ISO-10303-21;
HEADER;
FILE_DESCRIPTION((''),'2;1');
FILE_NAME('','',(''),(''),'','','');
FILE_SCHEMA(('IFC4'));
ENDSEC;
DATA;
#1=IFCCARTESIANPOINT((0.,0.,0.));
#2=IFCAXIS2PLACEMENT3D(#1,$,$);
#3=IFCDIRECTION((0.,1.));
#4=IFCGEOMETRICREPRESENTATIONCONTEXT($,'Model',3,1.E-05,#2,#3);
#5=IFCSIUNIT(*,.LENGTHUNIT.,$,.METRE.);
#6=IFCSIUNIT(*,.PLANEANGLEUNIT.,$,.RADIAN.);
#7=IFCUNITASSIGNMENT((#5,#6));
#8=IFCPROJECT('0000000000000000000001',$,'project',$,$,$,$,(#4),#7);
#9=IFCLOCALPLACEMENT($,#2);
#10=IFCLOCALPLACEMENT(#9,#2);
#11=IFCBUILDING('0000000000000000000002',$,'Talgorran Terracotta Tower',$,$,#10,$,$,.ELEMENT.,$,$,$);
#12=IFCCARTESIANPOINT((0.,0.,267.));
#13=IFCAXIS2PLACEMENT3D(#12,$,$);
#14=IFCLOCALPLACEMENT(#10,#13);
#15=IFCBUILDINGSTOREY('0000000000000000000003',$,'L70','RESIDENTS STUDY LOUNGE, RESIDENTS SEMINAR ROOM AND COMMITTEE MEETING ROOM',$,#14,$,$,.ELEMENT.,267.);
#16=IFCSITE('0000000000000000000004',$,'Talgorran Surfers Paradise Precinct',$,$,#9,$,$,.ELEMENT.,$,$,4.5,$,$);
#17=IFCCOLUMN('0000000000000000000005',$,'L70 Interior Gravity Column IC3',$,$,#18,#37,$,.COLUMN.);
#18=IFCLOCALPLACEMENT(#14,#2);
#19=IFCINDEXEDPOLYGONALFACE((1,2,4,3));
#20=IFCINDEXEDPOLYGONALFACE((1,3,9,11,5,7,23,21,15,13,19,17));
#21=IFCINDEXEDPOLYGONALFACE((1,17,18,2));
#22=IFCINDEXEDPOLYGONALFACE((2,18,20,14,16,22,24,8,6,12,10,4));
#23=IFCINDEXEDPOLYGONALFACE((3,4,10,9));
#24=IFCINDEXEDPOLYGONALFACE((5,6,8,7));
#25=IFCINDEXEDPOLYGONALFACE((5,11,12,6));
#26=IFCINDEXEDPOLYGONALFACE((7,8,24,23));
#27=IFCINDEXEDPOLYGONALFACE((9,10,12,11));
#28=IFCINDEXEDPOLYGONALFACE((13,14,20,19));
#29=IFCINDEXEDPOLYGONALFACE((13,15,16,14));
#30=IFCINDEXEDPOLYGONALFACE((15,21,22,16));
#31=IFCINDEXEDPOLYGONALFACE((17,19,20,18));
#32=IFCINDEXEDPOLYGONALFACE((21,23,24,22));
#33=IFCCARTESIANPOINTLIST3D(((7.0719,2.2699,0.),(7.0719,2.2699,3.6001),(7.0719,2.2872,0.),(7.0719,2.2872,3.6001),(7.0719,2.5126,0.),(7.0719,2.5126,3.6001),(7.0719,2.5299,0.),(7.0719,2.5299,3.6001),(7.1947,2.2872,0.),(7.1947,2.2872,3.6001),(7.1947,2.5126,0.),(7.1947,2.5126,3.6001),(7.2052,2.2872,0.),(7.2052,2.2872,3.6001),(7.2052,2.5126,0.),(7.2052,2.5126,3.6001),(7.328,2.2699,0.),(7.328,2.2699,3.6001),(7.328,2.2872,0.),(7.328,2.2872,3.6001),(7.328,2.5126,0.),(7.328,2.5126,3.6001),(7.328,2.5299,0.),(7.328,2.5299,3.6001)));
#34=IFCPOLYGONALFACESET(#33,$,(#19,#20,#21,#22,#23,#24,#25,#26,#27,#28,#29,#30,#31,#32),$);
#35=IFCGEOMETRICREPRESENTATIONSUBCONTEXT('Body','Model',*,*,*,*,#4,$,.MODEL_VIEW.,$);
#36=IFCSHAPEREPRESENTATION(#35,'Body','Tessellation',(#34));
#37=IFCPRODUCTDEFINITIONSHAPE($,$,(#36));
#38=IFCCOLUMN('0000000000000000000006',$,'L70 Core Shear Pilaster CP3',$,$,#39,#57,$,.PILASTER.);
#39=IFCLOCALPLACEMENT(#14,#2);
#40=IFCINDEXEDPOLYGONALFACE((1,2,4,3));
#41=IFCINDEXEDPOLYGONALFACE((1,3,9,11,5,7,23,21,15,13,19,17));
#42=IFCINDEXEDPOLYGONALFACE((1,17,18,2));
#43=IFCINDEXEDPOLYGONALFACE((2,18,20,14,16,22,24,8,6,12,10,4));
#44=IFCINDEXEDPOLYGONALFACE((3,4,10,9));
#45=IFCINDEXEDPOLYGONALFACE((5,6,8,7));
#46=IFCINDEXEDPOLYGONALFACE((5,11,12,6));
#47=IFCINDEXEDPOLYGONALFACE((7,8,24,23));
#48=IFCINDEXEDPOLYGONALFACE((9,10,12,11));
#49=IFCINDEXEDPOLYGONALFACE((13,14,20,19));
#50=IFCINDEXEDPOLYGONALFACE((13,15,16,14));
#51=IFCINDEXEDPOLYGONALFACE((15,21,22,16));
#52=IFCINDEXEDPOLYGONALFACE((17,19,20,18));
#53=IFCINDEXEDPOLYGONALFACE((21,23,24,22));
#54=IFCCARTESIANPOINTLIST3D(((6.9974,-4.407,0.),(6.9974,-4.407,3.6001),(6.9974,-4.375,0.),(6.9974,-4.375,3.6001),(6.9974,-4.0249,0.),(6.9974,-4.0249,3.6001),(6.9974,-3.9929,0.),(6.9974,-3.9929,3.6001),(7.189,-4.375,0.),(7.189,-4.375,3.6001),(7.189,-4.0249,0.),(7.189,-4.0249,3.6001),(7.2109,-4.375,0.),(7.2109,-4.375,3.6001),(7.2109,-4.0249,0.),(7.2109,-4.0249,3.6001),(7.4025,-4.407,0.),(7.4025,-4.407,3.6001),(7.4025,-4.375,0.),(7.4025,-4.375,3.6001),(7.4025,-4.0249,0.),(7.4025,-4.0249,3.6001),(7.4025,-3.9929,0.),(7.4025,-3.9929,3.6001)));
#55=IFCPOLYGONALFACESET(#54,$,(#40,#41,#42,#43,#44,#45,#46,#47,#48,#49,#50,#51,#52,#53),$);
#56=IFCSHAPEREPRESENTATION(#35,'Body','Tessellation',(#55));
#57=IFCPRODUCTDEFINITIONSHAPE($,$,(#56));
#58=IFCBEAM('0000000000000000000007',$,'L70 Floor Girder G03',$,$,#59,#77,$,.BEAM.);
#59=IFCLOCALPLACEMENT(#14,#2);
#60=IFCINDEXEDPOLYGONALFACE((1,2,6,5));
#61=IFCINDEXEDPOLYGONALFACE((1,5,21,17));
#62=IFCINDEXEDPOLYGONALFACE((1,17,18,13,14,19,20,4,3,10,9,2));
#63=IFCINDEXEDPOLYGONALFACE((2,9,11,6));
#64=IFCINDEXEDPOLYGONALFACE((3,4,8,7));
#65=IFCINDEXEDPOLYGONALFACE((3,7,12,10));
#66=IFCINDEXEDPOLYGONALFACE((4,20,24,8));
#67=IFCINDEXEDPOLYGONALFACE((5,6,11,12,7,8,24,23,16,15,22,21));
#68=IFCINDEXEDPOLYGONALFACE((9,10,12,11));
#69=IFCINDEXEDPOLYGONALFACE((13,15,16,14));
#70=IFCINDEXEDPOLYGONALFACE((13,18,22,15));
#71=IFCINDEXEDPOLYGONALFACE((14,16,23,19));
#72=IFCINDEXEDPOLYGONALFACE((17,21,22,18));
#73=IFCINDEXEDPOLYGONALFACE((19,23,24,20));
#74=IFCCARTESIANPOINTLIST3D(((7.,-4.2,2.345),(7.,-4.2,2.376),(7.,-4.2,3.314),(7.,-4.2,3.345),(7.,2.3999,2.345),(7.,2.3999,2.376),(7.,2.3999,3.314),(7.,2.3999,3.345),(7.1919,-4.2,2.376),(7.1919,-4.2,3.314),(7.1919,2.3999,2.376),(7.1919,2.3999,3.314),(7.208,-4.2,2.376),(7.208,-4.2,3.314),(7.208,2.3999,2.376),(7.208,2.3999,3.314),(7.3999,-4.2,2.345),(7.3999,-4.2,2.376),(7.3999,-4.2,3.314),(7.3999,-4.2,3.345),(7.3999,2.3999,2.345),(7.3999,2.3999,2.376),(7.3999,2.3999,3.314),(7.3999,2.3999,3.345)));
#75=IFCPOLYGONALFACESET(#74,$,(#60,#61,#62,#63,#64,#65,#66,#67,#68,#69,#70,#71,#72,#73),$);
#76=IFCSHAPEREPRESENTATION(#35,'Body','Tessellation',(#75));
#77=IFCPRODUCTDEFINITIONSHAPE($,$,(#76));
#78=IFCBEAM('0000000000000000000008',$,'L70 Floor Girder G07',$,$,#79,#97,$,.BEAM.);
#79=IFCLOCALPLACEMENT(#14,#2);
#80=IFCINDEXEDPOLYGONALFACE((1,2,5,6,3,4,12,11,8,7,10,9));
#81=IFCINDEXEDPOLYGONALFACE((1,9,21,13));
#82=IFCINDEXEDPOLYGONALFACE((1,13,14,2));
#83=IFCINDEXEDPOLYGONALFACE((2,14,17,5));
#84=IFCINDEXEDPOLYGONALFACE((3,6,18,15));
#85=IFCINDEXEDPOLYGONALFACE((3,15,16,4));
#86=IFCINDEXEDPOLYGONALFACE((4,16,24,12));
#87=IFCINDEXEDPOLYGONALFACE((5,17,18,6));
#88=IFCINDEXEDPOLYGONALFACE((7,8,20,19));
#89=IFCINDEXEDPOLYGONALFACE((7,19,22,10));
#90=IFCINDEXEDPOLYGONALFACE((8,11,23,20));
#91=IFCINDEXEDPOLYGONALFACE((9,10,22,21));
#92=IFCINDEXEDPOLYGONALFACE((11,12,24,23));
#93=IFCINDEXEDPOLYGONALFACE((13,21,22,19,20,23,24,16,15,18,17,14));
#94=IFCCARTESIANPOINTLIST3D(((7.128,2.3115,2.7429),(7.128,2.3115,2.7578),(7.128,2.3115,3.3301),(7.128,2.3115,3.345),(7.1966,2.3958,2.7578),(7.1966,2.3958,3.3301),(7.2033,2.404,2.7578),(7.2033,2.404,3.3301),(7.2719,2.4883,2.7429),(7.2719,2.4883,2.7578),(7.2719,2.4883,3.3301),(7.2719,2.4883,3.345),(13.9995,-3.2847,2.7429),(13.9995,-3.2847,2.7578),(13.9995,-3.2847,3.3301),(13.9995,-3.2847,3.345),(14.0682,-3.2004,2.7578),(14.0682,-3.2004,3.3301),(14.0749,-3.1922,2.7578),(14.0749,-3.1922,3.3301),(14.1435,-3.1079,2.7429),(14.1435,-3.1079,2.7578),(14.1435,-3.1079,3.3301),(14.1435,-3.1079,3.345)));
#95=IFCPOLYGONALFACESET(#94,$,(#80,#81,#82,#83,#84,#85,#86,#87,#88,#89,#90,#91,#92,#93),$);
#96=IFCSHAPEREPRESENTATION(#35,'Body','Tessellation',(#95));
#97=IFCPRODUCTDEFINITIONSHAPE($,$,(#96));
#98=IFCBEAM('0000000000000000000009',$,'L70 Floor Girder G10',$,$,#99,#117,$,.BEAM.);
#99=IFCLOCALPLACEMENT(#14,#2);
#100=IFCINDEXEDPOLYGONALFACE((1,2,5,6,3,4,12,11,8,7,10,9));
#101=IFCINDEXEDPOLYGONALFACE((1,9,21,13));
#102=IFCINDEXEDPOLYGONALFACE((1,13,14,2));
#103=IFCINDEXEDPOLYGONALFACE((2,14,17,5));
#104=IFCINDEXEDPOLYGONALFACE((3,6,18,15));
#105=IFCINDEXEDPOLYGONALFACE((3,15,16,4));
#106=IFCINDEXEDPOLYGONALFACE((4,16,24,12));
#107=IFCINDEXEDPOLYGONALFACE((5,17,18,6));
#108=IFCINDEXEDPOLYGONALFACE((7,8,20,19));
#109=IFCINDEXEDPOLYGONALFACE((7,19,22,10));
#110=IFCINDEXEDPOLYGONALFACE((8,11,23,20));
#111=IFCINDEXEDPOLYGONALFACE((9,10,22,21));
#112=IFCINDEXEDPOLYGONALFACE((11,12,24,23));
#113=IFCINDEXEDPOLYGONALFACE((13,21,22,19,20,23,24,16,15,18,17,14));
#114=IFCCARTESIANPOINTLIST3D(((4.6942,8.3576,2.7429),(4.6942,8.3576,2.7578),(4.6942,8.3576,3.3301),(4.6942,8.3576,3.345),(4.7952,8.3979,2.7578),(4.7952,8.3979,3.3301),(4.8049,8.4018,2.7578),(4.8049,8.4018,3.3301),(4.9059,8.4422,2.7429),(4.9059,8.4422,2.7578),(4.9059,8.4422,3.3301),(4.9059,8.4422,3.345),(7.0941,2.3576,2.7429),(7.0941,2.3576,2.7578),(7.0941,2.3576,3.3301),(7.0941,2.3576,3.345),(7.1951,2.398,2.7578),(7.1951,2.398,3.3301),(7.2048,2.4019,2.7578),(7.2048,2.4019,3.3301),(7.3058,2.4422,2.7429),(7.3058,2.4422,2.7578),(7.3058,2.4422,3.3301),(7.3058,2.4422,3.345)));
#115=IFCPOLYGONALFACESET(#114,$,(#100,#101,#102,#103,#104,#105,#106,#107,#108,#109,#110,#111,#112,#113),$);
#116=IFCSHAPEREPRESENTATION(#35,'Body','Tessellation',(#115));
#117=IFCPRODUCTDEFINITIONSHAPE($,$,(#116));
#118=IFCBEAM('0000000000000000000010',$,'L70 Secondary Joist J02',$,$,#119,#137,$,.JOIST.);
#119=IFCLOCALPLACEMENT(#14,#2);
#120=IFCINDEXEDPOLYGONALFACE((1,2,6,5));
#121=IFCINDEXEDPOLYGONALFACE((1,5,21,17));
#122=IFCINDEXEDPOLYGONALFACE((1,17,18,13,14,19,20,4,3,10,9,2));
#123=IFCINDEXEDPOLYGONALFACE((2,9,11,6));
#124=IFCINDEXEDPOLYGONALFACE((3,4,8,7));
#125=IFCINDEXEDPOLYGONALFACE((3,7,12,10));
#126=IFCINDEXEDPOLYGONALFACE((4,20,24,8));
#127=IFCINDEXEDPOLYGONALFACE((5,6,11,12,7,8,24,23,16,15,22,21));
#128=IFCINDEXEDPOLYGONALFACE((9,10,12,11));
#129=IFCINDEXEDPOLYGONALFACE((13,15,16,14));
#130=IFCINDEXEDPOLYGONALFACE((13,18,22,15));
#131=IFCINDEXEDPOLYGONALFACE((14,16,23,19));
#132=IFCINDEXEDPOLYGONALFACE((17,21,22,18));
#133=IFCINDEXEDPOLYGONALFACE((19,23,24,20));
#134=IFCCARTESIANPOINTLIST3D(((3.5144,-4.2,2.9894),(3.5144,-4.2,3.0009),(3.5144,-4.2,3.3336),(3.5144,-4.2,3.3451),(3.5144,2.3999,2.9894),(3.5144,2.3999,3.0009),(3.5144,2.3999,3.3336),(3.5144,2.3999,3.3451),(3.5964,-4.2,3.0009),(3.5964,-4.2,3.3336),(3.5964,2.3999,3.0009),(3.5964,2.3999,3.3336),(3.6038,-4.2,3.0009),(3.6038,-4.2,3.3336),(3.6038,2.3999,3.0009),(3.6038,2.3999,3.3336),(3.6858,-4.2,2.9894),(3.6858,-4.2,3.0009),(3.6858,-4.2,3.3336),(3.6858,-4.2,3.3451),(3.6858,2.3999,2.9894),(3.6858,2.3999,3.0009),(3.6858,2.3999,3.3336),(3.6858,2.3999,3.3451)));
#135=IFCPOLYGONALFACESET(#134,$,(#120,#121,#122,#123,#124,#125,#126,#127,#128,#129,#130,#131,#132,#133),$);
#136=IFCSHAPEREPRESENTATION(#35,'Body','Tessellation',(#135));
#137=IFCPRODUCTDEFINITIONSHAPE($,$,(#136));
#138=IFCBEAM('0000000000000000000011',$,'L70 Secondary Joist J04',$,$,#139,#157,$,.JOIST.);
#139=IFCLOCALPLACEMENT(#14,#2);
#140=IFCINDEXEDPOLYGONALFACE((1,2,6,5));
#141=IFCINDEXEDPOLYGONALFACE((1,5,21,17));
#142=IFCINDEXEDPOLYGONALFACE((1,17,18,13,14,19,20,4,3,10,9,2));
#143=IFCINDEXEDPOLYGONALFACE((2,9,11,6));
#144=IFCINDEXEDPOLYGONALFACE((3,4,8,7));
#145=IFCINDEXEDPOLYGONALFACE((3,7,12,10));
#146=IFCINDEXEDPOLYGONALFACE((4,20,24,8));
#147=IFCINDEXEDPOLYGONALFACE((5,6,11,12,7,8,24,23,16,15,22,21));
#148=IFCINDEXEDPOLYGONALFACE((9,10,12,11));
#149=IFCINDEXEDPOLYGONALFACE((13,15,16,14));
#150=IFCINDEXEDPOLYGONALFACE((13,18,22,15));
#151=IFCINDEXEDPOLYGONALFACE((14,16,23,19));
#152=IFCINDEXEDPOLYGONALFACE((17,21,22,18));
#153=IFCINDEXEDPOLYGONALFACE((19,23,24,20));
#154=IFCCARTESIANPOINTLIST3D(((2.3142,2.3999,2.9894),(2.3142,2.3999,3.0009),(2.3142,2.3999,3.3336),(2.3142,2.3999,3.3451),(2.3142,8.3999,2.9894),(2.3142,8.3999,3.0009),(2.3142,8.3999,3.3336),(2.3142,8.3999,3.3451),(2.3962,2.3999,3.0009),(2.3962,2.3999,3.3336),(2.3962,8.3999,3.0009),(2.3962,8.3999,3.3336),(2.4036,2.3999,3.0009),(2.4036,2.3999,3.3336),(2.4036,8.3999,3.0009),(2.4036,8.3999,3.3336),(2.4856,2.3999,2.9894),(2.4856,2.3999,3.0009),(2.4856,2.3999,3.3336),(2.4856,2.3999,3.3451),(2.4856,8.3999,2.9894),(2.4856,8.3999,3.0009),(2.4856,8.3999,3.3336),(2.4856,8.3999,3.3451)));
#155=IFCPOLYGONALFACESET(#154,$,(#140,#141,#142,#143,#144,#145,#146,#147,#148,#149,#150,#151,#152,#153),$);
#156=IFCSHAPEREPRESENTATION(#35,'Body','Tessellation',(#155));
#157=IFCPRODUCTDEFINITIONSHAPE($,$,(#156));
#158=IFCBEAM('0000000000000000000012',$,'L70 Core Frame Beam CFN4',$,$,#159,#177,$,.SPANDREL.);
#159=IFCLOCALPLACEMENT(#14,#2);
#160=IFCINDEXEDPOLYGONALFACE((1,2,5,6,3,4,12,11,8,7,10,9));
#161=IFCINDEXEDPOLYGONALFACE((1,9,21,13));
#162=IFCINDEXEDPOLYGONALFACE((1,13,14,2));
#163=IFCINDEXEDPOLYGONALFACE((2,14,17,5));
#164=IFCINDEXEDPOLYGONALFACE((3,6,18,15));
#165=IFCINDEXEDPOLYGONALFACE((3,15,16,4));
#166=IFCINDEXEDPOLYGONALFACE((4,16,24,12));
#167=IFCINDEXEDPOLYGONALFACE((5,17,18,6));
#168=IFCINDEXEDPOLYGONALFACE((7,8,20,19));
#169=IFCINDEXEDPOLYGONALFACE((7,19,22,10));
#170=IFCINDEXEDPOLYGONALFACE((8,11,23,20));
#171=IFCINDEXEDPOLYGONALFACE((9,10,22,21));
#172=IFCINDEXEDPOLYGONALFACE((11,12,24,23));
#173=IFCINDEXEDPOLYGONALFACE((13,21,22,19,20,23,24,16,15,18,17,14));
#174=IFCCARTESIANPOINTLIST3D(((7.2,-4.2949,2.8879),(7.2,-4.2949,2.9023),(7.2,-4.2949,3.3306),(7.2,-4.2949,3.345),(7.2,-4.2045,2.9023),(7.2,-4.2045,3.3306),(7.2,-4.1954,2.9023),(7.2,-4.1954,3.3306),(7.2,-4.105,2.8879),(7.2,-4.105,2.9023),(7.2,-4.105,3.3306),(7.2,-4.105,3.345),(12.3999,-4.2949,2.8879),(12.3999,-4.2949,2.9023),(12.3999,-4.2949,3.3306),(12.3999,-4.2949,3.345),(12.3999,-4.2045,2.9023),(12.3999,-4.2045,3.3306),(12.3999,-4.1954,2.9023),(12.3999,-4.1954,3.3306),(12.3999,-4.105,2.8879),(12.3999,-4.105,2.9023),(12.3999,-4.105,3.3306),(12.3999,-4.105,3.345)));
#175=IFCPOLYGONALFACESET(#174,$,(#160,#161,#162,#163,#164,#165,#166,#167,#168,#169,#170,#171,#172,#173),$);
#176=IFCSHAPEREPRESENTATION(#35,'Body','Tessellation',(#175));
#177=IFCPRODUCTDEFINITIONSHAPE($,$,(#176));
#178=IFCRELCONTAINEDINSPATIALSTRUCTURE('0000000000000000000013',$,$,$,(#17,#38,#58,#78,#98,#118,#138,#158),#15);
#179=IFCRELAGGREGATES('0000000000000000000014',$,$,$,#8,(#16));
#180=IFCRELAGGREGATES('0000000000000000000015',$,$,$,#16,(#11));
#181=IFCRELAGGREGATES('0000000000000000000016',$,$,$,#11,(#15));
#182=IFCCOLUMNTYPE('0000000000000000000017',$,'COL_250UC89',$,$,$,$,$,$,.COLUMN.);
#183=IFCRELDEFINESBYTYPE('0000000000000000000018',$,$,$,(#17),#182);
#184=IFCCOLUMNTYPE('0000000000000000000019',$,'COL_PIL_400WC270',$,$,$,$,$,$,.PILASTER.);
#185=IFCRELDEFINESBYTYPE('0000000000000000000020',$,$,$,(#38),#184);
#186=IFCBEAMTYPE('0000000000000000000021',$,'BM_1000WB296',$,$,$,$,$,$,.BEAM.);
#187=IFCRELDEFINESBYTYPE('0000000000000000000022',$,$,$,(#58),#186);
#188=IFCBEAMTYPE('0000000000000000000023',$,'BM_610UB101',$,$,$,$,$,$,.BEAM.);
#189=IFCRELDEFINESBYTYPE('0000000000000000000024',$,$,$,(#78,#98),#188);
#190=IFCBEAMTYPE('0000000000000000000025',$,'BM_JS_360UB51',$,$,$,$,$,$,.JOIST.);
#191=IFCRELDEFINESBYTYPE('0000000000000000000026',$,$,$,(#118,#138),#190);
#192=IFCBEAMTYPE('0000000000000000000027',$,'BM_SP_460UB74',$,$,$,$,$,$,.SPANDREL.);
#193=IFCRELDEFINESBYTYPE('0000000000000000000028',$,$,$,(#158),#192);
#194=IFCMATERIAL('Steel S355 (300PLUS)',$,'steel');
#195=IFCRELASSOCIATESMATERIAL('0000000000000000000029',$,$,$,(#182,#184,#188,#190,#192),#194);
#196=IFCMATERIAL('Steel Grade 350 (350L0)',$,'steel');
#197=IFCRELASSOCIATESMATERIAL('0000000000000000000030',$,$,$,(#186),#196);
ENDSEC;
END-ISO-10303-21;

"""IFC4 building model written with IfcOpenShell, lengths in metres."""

from ifc_helpers import new_model, si_unit, direction, frame, origin, origin_2d, place, context, subcontext, project, spatial, i_section, extrude, material, material_profile, profile_set, type_object, element, save


model = new_model("IFC4")

# Units and contexts
model_context = context("Model", 3, precision=1e-05, world=origin(), true_north=direction((0.0, 1.0)))
body_context = subcontext(model_context, "Body", "Model", "MODEL_VIEW")
ifc_project = project(units=[si_unit("LENGTHUNIT", "METRE"), si_unit("PLANEANGLEUNIT", "RADIAN")], contexts=[model_context])

# Site, building, storey
site_placement = place(None, origin())
site = spatial("IfcSite", under=ifc_project, at=site_placement, Name="Talgorran Surfers Paradise Precinct", CompositionType="ELEMENT", RefElevation=4.5)
building_placement = place(site_placement, origin())
building = spatial("IfcBuilding", under=site, at=building_placement, Name="Talgorran Terracotta Tower", CompositionType="ELEMENT")
storey_placement = place(building_placement, frame((0.0, 0.0, 267.0)))
storey = spatial("IfcBuildingStorey", under=building, at=storey_placement, Name="L70", Description="RESIDENTS STUDY LOUNGE, RESIDENTS SEMINAR ROOM AND COMMITTEE MEETING ROOM", CompositionType="ELEMENT", Elevation=267.0)

# Columns
ifc_material_1 = material(Name="Steel S355 (300PLUS)", Category="steel")
ifc_material_profile_1 = material_profile(ifc_material_1, i_section(OverallWidth=0.2561, OverallDepth=0.26, WebThickness=0.0105, FlangeThickness=0.0173, at=origin_2d()), Name="250UC89.5")
ifc_profile_set_1 = profile_set([ifc_material_profile_1], Name="Steel S355 (300PLUS)")
column_type_1 = type_object("IfcColumnType", Name="COL_250UC89", PredefinedType="COLUMN", material=ifc_profile_set_1)
column_1_placement = place(storey_placement, frame((7.2, 2.3999, 0.0), z_axis=(0.0, 0.0, 1.0), x_axis=(1.0, 0.0, 0.0)))
element("IfcColumn", 1, at=column_1_placement, inside=storey, type_object=column_type_1, Name="L70 Interior Gravity Column IC3", PredefinedType="COLUMN", context=body_context, shape_type="SweptSolid", body=[
    extrude(i_section(OverallWidth=0.2561, OverallDepth=0.26, WebThickness=0.0105, FlangeThickness=0.0173, at=origin_2d()), origin(), (0.0, 0.0, 1.0), 3.6001),
])
ifc_material_profile_2 = material_profile(ifc_material_1, i_section(OverallWidth=0.405, OverallDepth=0.4141, WebThickness=0.022, FlangeThickness=0.032, at=origin_2d()), Name="400WC270")
ifc_profile_set_2 = profile_set([ifc_material_profile_2], Name="Steel S355 (300PLUS)")
column_type_2 = type_object("IfcColumnType", Name="COL_PIL_400WC270", PredefinedType="PILASTER", material=ifc_profile_set_2)
column_2_placement = place(storey_placement, frame((7.2, -4.2, 0.0), z_axis=(0.0, 0.0, 1.0), x_axis=(1.0, 0.0, 0.0)))
element("IfcColumn", 2, at=column_2_placement, inside=storey, type_object=column_type_2, Name="L70 Core Shear Pilaster CP3", PredefinedType="PILASTER", context=body_context, shape_type="SweptSolid", body=[
    extrude(i_section(OverallWidth=0.405, OverallDepth=0.4141, WebThickness=0.022, FlangeThickness=0.032, at=origin_2d()), origin(), (0.0, 0.0, 1.0), 3.6001),
])

# Beams
ifc_material_2 = material(Name="Steel Grade 350 (350L0)", Category="steel")
ifc_material_profile_3 = material_profile(ifc_material_2, i_section(OverallWidth=0.3999, OverallDepth=1.0, WebThickness=0.0161, FlangeThickness=0.031, at=origin_2d()), Name="1000WB296")
ifc_profile_set_3 = profile_set([ifc_material_profile_3], Name="Steel Grade 350 (350L0)")
beam_type_1 = type_object("IfcBeamType", Name="BM_1000WB296", PredefinedType="BEAM", material=ifc_profile_set_3)
beam_1_placement = place(storey_placement, frame((7.2, -4.2, 2.845), z_axis=(0.0, 1.0, 0.0), x_axis=(-1.0, 0.0, 0.0)))
element("IfcBeam", 3, at=beam_1_placement, inside=storey, type_object=beam_type_1, Name="L70 Floor Girder G03", PredefinedType="BEAM", context=body_context, shape_type="SweptSolid", body=[
    extrude(i_section(OverallWidth=0.3999, OverallDepth=1.0, WebThickness=0.0161, FlangeThickness=0.031, at=origin_2d()), origin(), (0.0, 0.0, 1.0), 6.5999),
])
ifc_material_profile_4 = material_profile(ifc_material_1, i_section(OverallWidth=0.228, OverallDepth=0.6021, WebThickness=0.0105, FlangeThickness=0.0149, at=origin_2d()), Name="610UB101")
ifc_profile_set_4 = profile_set([ifc_material_profile_4], Name="Steel S355 (300PLUS)")
beam_type_2 = type_object("IfcBeamType", Name="BM_610UB101", PredefinedType="BEAM", material=ifc_profile_set_4)
beam_2_placement = place(storey_placement, frame((7.2, 2.3999, 3.0439), z_axis=(0.775394, -0.631478, 0.0), x_axis=(0.631478, 0.775394, 0.0)))
element("IfcBeam", 4, at=beam_2_placement, inside=storey, type_object=beam_type_2, Name="L70 Floor Girder G07", PredefinedType="BEAM", context=body_context, shape_type="SweptSolid", body=[
    extrude(i_section(OverallWidth=0.228, OverallDepth=0.6021, WebThickness=0.0105, FlangeThickness=0.0149, at=origin_2d()), origin(), (0.0, 0.0, 1.0), 8.8621),
])
beam_3_placement = place(storey_placement, frame((7.2, 2.3999, 3.0439), z_axis=(-0.371378, 0.928482, 0.0), x_axis=(-0.928482, -0.371378, 0.0)))
element("IfcBeam", 5, at=beam_3_placement, inside=storey, type_object=beam_type_2, Name="L70 Floor Girder G10", PredefinedType="BEAM", context=body_context, shape_type="SweptSolid", body=[
    extrude(i_section(OverallWidth=0.228, OverallDepth=0.6021, WebThickness=0.0105, FlangeThickness=0.0149, at=origin_2d()), origin(), (0.0, 0.0, 1.0), 6.4622),
])
ifc_material_profile_5 = material_profile(ifc_material_1, i_section(OverallWidth=0.1714, OverallDepth=0.3557, WebThickness=0.0073, FlangeThickness=0.0115, at=origin_2d()), Name="360UB50.7")
ifc_profile_set_5 = profile_set([ifc_material_profile_5], Name="Steel S355 (300PLUS)")
beam_type_3 = type_object("IfcBeamType", Name="BM_JS_360UB51", PredefinedType="JOIST", material=ifc_profile_set_5)
beam_4_placement = place(storey_placement, frame((3.6001, -4.2, 3.1672), z_axis=(0.0, 1.0, 0.0), x_axis=(-1.0, 0.0, 0.0)))
element("IfcBeam", 6, at=beam_4_placement, inside=storey, type_object=beam_type_3, Name="L70 Secondary Joist J02", PredefinedType="JOIST", context=body_context, shape_type="SweptSolid", body=[
    extrude(i_section(OverallWidth=0.1714, OverallDepth=0.3557, WebThickness=0.0073, FlangeThickness=0.0115, at=origin_2d()), origin(), (0.0, 0.0, 1.0), 6.5999),
])
beam_5_placement = place(storey_placement, frame((2.3999, 2.3999, 3.1672), z_axis=(0.0, 1.0, 0.0), x_axis=(-1.0, 0.0, 0.0)))
element("IfcBeam", 7, at=beam_5_placement, inside=storey, type_object=beam_type_3, Name="L70 Secondary Joist J04", PredefinedType="JOIST", context=body_context, shape_type="SweptSolid", body=[
    extrude(i_section(OverallWidth=0.1714, OverallDepth=0.3557, WebThickness=0.0073, FlangeThickness=0.0115, at=origin_2d()), origin(), (0.0, 0.0, 1.0), 6.0),
])
ifc_material_profile_6 = material_profile(ifc_material_1, i_section(OverallWidth=0.1899, OverallDepth=0.457, WebThickness=0.009, FlangeThickness=0.0144, at=origin_2d()), Name="460UB74.6")
ifc_profile_set_6 = profile_set([ifc_material_profile_6], Name="Steel S355 (300PLUS)")
beam_type_4 = type_object("IfcBeamType", Name="BM_SP_460UB74", PredefinedType="SPANDREL", material=ifc_profile_set_6)
beam_6_placement = place(storey_placement, frame((7.2, -4.2, 3.1165), z_axis=(1.0, 0.0, 0.0), x_axis=(0.0, 1.0, 0.0)))
element("IfcBeam", 8, at=beam_6_placement, inside=storey, type_object=beam_type_4, Name="L70 Core Frame Beam CFN4", PredefinedType="SPANDREL", context=body_context, shape_type="SweptSolid", body=[
    extrude(i_section(OverallWidth=0.1899, OverallDepth=0.457, WebThickness=0.009, FlangeThickness=0.0144, at=origin_2d()), origin(), (0.0, 0.0, 1.0), 5.2),
])

save(model, "model.ifc")
